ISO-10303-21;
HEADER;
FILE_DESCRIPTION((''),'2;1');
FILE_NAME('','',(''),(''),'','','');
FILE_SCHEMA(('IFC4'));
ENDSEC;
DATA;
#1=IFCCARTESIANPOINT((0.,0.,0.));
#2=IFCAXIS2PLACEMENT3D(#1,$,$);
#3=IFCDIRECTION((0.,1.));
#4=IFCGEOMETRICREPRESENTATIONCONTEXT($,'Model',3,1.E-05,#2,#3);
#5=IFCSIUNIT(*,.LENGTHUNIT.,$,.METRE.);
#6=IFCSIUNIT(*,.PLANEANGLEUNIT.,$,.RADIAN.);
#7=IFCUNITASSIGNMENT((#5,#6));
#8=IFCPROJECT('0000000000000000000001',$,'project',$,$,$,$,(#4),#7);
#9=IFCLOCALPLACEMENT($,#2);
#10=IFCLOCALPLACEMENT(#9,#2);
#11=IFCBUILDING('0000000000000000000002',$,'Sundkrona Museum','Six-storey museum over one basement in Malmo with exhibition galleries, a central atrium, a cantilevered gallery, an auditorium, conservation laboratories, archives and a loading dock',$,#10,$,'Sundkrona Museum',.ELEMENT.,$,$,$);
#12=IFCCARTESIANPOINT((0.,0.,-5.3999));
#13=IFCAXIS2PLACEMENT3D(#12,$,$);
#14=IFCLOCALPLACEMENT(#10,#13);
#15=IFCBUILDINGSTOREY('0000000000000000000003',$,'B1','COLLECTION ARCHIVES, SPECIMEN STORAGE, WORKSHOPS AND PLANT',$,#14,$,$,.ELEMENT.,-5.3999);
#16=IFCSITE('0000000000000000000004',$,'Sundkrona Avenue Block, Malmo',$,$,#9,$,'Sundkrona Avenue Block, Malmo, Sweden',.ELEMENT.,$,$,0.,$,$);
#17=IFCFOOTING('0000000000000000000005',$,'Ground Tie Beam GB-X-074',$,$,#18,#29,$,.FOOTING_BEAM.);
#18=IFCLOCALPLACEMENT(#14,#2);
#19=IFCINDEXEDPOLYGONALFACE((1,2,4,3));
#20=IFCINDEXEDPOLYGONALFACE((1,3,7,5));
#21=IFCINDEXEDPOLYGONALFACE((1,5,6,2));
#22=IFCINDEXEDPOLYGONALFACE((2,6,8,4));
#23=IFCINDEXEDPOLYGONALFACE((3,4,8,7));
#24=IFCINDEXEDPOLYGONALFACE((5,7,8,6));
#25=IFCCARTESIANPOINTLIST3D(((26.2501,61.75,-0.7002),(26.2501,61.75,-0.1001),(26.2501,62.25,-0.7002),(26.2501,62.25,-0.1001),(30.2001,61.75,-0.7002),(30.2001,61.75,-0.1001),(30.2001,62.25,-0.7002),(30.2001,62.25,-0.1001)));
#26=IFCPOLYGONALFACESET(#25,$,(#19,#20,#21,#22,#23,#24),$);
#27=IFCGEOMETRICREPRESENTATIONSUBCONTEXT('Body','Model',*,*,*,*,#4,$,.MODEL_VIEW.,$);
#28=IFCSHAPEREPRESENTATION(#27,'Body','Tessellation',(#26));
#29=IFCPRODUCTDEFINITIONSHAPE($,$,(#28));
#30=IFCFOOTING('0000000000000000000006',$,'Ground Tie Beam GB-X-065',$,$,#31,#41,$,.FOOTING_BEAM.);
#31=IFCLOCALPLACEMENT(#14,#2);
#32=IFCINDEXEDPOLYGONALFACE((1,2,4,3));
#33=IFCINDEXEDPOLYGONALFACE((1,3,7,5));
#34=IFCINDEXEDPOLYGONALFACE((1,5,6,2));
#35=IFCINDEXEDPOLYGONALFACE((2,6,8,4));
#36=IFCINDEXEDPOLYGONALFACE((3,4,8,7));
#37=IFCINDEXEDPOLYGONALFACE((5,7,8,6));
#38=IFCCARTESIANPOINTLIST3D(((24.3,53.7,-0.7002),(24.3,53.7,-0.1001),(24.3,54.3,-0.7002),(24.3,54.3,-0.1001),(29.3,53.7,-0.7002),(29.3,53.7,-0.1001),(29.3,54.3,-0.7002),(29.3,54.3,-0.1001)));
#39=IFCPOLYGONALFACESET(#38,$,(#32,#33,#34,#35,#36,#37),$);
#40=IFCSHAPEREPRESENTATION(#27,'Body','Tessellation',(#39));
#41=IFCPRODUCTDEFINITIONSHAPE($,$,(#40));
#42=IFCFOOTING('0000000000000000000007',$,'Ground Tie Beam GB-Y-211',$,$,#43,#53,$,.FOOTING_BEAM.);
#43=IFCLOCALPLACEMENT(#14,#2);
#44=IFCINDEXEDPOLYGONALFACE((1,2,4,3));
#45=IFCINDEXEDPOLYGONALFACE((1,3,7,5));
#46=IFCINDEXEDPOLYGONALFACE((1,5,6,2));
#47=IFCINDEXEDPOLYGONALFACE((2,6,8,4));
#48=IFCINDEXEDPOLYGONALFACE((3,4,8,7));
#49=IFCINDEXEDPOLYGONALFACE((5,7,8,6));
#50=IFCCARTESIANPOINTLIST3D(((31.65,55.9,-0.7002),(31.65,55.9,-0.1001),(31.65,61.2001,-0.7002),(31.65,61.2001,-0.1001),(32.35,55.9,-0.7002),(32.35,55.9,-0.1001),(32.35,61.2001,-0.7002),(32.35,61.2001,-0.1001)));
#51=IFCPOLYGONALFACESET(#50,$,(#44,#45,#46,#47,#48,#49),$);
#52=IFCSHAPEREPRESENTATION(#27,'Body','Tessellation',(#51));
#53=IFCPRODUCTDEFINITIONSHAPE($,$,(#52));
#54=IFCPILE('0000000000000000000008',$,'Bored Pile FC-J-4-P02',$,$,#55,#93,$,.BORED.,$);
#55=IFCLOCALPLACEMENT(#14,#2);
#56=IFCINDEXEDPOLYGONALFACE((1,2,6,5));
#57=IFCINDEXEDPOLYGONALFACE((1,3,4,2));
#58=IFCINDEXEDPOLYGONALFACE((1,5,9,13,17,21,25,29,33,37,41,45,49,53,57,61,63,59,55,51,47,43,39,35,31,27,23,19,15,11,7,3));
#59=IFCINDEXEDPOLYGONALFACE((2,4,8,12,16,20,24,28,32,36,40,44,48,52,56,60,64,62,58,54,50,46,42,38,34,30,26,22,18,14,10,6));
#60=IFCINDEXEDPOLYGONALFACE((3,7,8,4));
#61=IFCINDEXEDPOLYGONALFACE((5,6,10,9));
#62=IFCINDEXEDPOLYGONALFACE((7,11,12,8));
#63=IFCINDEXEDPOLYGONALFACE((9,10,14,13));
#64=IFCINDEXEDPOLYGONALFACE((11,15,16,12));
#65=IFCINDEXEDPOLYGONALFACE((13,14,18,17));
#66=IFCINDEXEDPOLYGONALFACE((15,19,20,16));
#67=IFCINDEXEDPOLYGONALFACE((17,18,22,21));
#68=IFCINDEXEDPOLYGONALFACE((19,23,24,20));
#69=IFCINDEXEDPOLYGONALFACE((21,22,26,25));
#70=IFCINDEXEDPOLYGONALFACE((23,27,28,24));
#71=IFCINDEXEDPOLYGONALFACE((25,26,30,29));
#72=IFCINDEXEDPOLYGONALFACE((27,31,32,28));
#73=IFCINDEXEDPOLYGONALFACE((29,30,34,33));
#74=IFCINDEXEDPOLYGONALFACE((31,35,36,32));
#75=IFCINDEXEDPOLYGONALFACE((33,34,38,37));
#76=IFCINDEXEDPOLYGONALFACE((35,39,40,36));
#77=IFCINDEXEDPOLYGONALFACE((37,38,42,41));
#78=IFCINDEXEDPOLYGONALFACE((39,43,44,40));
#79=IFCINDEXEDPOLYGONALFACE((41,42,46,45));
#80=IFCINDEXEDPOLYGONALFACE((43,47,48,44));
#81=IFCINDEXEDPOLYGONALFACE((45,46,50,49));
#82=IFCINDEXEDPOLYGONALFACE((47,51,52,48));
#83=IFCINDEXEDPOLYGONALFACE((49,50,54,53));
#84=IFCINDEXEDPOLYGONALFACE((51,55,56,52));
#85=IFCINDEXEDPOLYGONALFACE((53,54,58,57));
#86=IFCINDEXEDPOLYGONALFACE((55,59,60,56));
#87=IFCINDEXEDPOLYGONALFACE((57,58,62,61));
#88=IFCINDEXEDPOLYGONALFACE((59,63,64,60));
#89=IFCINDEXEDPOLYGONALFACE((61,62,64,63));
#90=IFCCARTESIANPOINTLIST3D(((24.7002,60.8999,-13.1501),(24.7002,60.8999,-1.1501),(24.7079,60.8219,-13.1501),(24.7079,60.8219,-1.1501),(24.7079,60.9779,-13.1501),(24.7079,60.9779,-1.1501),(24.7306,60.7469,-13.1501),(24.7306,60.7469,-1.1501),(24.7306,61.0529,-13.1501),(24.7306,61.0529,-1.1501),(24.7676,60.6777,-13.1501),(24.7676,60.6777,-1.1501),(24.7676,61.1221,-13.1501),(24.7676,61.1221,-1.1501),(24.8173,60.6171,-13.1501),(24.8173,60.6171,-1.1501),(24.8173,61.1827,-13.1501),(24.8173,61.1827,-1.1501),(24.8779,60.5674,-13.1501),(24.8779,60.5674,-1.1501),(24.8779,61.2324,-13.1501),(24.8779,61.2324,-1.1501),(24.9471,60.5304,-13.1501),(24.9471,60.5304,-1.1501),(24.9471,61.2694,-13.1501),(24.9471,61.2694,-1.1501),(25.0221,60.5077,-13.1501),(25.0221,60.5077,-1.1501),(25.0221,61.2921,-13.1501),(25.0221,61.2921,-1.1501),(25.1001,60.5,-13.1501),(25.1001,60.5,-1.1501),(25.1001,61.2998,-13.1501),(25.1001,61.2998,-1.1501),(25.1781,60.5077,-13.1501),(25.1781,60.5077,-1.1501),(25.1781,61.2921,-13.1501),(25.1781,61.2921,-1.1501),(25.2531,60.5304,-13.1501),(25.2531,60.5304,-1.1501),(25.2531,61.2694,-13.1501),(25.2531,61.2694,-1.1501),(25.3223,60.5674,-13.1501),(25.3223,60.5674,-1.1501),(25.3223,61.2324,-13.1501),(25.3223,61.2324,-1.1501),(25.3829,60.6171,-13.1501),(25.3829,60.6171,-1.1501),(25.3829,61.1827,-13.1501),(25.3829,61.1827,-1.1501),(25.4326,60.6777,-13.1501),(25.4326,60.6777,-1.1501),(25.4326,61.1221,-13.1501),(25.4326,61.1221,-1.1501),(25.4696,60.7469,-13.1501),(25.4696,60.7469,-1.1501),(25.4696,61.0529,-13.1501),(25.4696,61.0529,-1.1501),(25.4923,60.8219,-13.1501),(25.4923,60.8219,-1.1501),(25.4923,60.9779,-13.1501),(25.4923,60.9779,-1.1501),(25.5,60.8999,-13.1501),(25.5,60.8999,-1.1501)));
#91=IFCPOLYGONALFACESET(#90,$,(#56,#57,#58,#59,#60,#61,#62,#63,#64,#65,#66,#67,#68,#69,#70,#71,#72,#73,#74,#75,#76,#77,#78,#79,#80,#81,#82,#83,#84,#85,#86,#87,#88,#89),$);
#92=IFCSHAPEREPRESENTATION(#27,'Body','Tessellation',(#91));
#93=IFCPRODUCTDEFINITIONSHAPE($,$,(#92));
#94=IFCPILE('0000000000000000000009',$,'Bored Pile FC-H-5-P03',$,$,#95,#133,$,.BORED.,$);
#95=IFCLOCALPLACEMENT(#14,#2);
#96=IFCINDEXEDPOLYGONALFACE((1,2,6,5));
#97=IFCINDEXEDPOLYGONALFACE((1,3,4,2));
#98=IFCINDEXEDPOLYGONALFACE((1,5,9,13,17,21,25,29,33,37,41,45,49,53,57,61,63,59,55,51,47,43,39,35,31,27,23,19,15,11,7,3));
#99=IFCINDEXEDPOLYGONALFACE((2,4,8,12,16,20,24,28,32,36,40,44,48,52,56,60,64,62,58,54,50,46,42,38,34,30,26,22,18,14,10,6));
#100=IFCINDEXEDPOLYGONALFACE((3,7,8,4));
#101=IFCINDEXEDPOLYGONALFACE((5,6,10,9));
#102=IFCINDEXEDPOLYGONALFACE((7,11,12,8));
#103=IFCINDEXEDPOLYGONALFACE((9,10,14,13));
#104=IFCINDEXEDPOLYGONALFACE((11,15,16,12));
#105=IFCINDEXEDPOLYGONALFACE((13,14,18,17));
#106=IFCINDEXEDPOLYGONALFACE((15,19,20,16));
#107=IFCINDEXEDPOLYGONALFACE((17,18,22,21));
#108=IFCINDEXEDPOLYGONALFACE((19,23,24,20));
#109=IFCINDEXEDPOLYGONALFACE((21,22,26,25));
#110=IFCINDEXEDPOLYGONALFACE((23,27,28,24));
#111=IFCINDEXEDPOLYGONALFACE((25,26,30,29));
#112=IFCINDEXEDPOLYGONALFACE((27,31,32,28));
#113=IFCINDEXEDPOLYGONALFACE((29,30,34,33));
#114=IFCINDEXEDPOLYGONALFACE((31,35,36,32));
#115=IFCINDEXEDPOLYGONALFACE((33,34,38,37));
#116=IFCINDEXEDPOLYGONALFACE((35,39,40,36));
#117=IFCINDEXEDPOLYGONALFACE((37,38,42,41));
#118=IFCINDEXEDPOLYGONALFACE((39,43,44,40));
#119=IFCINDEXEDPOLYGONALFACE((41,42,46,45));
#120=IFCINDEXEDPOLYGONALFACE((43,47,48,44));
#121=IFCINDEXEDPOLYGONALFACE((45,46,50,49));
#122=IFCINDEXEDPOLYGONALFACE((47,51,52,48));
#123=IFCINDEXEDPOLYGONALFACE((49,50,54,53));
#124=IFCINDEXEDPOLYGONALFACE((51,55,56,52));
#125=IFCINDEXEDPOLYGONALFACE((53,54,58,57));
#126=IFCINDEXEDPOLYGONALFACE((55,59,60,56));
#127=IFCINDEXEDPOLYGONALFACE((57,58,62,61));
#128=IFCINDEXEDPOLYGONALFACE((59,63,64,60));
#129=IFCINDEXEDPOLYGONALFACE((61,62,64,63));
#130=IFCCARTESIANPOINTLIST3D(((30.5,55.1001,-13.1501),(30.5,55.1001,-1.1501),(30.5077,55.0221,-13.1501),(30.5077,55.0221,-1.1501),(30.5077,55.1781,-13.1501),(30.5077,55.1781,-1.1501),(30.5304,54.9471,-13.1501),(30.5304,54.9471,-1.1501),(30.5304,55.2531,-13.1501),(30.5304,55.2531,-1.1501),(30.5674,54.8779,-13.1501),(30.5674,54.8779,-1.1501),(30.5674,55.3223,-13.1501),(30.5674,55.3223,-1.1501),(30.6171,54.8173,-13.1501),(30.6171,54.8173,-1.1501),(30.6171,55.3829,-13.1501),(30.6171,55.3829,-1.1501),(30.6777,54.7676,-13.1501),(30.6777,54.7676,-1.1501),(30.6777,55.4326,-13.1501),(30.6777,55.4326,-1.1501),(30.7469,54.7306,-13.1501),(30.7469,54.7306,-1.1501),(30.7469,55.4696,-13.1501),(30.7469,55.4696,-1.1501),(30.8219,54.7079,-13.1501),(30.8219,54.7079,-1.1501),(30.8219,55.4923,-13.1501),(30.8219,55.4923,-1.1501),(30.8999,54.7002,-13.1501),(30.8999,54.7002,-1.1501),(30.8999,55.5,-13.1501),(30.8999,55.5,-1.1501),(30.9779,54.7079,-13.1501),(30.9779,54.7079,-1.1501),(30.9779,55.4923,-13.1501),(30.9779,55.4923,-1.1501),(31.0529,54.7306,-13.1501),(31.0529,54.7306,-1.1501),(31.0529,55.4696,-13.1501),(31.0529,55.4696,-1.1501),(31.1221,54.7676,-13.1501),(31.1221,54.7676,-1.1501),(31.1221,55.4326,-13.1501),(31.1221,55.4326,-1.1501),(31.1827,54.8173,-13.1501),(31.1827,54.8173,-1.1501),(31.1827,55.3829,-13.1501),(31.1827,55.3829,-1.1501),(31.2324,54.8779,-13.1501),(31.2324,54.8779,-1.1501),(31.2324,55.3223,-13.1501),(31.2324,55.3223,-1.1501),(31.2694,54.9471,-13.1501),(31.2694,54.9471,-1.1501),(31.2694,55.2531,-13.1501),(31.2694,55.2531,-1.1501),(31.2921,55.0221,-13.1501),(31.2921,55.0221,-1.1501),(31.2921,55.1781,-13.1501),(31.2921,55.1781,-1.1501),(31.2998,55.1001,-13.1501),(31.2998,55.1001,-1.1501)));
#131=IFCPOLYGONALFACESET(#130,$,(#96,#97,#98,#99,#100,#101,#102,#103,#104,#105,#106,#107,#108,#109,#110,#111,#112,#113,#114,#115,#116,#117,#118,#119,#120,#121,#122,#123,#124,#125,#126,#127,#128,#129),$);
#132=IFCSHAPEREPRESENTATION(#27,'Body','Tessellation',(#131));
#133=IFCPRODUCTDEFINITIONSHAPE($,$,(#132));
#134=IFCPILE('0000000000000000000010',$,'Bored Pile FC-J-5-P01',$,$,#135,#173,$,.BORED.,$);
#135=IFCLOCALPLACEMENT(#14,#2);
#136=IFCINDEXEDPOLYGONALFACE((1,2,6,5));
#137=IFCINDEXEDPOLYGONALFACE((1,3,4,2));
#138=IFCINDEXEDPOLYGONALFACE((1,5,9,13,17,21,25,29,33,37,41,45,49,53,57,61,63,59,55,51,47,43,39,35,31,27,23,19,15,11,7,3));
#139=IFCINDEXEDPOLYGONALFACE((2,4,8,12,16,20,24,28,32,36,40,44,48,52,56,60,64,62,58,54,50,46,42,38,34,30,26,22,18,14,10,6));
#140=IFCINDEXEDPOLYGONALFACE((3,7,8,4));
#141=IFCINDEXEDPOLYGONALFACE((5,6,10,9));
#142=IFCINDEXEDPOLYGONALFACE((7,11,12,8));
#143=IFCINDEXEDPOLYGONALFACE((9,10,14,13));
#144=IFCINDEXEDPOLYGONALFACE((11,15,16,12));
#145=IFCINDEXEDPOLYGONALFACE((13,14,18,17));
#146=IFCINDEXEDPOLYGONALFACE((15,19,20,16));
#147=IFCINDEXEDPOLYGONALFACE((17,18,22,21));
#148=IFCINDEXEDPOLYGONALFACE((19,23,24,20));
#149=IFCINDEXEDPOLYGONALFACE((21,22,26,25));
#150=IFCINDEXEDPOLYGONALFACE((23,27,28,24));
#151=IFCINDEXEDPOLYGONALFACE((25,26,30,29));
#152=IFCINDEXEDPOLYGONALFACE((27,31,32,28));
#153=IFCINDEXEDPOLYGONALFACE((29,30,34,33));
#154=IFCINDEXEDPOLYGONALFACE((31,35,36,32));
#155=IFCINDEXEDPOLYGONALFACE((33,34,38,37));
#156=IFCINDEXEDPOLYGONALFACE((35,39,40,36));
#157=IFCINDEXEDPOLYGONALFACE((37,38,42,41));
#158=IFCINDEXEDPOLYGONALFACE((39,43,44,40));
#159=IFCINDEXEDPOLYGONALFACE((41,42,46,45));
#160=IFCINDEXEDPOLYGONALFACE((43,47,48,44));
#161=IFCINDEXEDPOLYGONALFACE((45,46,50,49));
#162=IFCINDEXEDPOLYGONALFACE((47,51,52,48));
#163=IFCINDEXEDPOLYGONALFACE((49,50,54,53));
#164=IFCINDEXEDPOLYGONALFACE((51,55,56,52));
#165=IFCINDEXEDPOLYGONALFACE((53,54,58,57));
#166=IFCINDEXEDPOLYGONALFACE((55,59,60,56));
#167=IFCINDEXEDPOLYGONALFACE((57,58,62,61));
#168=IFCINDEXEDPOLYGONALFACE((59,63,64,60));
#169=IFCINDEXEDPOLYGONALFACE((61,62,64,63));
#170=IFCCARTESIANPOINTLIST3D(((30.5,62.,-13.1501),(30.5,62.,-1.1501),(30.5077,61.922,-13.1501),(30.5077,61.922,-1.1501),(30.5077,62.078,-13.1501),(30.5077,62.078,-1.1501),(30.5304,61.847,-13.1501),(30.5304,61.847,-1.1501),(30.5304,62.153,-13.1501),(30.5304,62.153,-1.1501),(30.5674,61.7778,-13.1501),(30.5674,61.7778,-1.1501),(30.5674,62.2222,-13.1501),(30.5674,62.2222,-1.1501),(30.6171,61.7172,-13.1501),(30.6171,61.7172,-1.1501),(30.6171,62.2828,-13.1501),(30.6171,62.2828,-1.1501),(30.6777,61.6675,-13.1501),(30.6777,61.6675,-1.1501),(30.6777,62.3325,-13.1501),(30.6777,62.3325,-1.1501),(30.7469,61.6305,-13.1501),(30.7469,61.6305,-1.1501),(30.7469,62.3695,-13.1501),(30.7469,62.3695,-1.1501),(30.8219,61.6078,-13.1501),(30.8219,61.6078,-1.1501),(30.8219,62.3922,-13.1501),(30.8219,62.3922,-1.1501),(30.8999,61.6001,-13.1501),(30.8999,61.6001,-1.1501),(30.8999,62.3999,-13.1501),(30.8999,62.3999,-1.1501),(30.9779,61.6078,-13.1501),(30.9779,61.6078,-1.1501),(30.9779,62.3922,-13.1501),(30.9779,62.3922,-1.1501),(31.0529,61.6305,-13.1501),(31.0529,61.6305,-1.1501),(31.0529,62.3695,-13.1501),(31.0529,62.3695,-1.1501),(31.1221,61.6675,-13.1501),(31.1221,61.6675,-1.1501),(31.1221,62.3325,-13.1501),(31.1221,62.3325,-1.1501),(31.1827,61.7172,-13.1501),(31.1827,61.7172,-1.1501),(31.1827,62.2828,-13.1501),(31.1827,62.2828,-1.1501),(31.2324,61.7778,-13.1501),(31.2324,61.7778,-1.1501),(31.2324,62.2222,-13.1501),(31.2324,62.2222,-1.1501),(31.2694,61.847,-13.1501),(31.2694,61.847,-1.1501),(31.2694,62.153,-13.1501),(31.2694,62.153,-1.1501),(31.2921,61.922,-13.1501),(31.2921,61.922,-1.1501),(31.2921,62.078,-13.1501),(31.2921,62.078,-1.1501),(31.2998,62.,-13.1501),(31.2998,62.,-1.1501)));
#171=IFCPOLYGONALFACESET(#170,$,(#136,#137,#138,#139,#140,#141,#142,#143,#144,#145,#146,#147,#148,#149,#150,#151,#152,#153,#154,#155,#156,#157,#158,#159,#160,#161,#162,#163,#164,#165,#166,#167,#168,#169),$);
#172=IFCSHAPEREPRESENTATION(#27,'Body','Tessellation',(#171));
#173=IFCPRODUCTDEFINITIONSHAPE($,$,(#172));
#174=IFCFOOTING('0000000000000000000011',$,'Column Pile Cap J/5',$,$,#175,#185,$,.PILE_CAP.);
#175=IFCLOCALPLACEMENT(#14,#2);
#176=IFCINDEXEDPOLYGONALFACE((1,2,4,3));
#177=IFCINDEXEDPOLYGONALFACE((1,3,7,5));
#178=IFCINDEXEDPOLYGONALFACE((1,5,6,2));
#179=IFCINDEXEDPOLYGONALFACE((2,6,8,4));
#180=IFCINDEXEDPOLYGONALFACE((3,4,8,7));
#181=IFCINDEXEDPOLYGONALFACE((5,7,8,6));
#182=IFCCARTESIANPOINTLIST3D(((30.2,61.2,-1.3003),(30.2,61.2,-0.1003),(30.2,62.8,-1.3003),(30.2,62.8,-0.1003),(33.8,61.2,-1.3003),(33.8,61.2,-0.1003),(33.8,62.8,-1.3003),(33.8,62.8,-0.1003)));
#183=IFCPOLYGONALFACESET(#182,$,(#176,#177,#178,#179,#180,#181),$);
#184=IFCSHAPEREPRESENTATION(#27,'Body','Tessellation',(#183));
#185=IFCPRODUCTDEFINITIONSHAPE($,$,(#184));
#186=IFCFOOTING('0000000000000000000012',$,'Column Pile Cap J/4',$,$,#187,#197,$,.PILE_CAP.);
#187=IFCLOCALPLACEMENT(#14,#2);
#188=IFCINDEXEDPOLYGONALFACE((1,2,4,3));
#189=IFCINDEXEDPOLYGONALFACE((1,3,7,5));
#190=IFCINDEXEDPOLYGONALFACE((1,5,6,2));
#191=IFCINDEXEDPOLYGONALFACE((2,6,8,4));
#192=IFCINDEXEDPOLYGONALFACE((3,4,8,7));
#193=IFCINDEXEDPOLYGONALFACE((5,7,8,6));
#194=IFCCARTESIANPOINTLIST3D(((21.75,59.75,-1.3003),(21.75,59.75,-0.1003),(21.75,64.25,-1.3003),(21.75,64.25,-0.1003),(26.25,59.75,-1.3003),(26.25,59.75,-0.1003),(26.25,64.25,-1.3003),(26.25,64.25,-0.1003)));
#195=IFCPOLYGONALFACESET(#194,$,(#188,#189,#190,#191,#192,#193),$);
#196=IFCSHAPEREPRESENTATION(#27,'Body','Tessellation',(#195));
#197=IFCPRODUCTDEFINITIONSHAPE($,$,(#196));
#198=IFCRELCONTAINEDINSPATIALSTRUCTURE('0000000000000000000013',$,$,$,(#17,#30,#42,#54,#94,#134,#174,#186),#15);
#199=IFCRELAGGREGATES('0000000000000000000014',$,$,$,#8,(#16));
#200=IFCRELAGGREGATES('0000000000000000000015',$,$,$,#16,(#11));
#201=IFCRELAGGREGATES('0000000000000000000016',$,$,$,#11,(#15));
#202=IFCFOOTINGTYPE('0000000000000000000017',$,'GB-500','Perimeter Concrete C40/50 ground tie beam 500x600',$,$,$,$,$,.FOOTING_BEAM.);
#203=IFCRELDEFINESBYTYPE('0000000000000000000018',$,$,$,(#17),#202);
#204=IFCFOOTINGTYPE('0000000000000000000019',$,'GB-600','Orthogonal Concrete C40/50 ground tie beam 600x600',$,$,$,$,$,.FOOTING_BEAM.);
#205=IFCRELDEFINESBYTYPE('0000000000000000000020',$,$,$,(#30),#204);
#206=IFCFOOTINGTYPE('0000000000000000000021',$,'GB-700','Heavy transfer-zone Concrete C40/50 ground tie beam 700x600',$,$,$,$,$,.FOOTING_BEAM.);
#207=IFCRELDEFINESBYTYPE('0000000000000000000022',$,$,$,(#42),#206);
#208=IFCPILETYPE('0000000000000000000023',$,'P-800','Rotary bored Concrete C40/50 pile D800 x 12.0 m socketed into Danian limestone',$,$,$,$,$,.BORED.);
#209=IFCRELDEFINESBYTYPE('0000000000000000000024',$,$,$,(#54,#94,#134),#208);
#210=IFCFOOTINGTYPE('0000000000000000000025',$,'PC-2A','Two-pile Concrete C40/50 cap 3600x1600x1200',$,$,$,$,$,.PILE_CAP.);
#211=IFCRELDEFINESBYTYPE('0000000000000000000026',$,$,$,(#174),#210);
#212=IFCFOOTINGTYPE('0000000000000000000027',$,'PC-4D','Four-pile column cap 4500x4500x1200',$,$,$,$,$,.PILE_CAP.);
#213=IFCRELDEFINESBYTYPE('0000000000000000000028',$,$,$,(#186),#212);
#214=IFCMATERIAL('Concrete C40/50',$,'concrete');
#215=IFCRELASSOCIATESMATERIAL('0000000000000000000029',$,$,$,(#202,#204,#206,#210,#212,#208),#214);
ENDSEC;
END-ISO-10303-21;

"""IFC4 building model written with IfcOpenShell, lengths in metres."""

from ifc_helpers import new_model, si_unit, direction, frame, origin, origin_2d, place, context, subcontext, project, spatial, rectangle, circle, extrude, material, material_profile, profile_set, type_object, element, save


model = new_model("IFC4")

# Units and contexts
model_context = context("Model", 3, precision=1e-05, world=origin(), true_north=direction((0.0, 1.0)))
body_context = subcontext(model_context, "Body", "Model", "MODEL_VIEW")
ifc_project = project(units=[si_unit("LENGTHUNIT", "METRE"), si_unit("PLANEANGLEUNIT", "RADIAN")], contexts=[model_context])

# Site, building, storey
site_placement = place(None, origin())
site = spatial("IfcSite", under=ifc_project, at=site_placement, Name="Sundkrona Avenue Block, Malmo", LongName="Sundkrona Avenue Block, Malmo, Sweden", CompositionType="ELEMENT", RefElevation=0.0)
building_placement = place(site_placement, origin())
building = spatial("IfcBuilding", under=site, at=building_placement, Name="Sundkrona Museum", Description="Six-storey museum over one basement in Malmo with exhibition galleries, a central atrium, a cantilevered gallery, an auditorium, conservation laboratories, archives and a loading dock", LongName="Sundkrona Museum", CompositionType="ELEMENT")
storey_placement = place(building_placement, frame((0.0, 0.0, -5.3999)))
storey = spatial("IfcBuildingStorey", under=building, at=storey_placement, Name="B1", Description="COLLECTION ARCHIVES, SPECIMEN STORAGE, WORKSHOPS AND PLANT", CompositionType="ELEMENT", Elevation=-5.3999)

# Footings
ifc_material_1 = material(Name="Concrete C40/50", Category="concrete")
footing_type_1 = type_object("IfcFootingType", Name="GB-500", Description="Perimeter Concrete C40/50 ground tie beam 500x600", PredefinedType="FOOTING_BEAM", material=ifc_material_1)
footing_1_placement = place(storey_placement, frame((28.2251, 62.0, -0.7002), z_axis=(0.0, 0.0, 1.0), x_axis=(1.0, 0.0, 0.0)))
element("IfcFooting", 1, at=footing_1_placement, inside=storey, type_object=footing_type_1, Name="Ground Tie Beam GB-X-074", PredefinedType="FOOTING_BEAM", context=body_context, shape_type="SweptSolid", body=[
    extrude(rectangle(XDim=3.95, YDim=0.5, at=origin_2d()), origin(), (0.0, 0.0, 1.0), 0.6001),
])
footing_type_2 = type_object("IfcFootingType", Name="GB-600", Description="Orthogonal Concrete C40/50 ground tie beam 600x600", PredefinedType="FOOTING_BEAM", material=ifc_material_1)
footing_2_placement = place(storey_placement, frame((26.8, 54.0, -0.7002), z_axis=(0.0, 0.0, 1.0), x_axis=(1.0, 0.0, 0.0)))
element("IfcFooting", 2, at=footing_2_placement, inside=storey, type_object=footing_type_2, Name="Ground Tie Beam GB-X-065", PredefinedType="FOOTING_BEAM", context=body_context, shape_type="SweptSolid", body=[
    extrude(rectangle(XDim=5.0, YDim=0.6001, at=origin_2d()), origin(), (0.0, 0.0, 1.0), 0.6001),
])
footing_type_3 = type_object("IfcFootingType", Name="GB-700", Description="Heavy transfer-zone Concrete C40/50 ground tie beam 700x600", PredefinedType="FOOTING_BEAM", material=ifc_material_1)
footing_3_placement = place(storey_placement, frame((32.0, 58.55, -0.7002), z_axis=(0.0, 0.0, 1.0), x_axis=(0.0, 1.0, 0.0)))
element("IfcFooting", 3, at=footing_3_placement, inside=storey, type_object=footing_type_3, Name="Ground Tie Beam GB-Y-211", PredefinedType="FOOTING_BEAM", context=body_context, shape_type="SweptSolid", body=[
    extrude(rectangle(XDim=5.3, YDim=0.7, at=origin_2d()), origin(), (0.0, 0.0, 1.0), 0.6001),
])

# Piles
ifc_material_profile_1 = material_profile(ifc_material_1, circle(Radius=0.3999, at=origin_2d()), Name="PILE D800")
ifc_profile_set_1 = profile_set([ifc_material_profile_1], Name="Concrete C40/50")
pile_type = type_object("IfcPileType", Name="P-800", Description="Rotary bored Concrete C40/50 pile D800 x 12.0 m socketed into Danian limestone", PredefinedType="BORED", material=ifc_profile_set_1)
for number, where, z_axis, x_axis, name in (
    (4, (25.1001, 60.8999, -1.1501), (0.0, 0.0, -1.0), (1.0, 0.0, 0.0), "Bored Pile FC-J-4-P02"),
    (5, (30.8999, 55.1001, -1.1501), (0.0, 0.0, -1.0), (1.0, 0.0, 0.0), "Bored Pile FC-H-5-P03"),
    (6, (30.8999, 62.0, -1.1501), (0.0, 0.0, -1.0), (1.0, 0.0, 0.0), "Bored Pile FC-J-5-P01"),
):
    element("IfcPile", number, at=place(storey_placement, frame(where, z_axis=z_axis, x_axis=x_axis)), inside=storey, type_object=pile_type, Name=name, PredefinedType="BORED", context=body_context, shape_type="SweptSolid", body=[
        extrude(circle(Radius=0.3999, at=origin_2d()), origin(), (0.0, 0.0, 1.0), 12.0),
    ])

# Footings
footing_type_4 = type_object("IfcFootingType", Name="PC-2A", Description="Two-pile Concrete C40/50 cap 3600x1600x1200", PredefinedType="PILE_CAP", material=ifc_material_1)
footing_4_placement = place(storey_placement, frame((32.0, 62.0, -1.3003), z_axis=(0.0, 0.0, 1.0), x_axis=(1.0, 0.0, 0.0)))
element("IfcFooting", 7, at=footing_4_placement, inside=storey, type_object=footing_type_4, Name="Column Pile Cap J/5", PredefinedType="PILE_CAP", context=body_context, shape_type="SweptSolid", body=[
    extrude(rectangle(XDim=3.6001, YDim=1.6001, at=origin_2d()), origin(), (0.0, 0.0, 1.0), 1.2),
])
footing_type_5 = type_object("IfcFootingType", Name="PC-4D", Description="Four-pile column cap 4500x4500x1200", PredefinedType="PILE_CAP", material=ifc_material_1)
footing_5_placement = place(storey_placement, frame((24.0, 62.0, -1.3003), z_axis=(0.0, 0.0, 1.0), x_axis=(1.0, 0.0, 0.0)))
element("IfcFooting", 8, at=footing_5_placement, inside=storey, type_object=footing_type_5, Name="Column Pile Cap J/4", PredefinedType="PILE_CAP", context=body_context, shape_type="SweptSolid", body=[
    extrude(rectangle(XDim=4.5, YDim=4.5, at=origin_2d()), origin(), (0.0, 0.0, 1.0), 1.2),
])

save(model, "model.ifc")
